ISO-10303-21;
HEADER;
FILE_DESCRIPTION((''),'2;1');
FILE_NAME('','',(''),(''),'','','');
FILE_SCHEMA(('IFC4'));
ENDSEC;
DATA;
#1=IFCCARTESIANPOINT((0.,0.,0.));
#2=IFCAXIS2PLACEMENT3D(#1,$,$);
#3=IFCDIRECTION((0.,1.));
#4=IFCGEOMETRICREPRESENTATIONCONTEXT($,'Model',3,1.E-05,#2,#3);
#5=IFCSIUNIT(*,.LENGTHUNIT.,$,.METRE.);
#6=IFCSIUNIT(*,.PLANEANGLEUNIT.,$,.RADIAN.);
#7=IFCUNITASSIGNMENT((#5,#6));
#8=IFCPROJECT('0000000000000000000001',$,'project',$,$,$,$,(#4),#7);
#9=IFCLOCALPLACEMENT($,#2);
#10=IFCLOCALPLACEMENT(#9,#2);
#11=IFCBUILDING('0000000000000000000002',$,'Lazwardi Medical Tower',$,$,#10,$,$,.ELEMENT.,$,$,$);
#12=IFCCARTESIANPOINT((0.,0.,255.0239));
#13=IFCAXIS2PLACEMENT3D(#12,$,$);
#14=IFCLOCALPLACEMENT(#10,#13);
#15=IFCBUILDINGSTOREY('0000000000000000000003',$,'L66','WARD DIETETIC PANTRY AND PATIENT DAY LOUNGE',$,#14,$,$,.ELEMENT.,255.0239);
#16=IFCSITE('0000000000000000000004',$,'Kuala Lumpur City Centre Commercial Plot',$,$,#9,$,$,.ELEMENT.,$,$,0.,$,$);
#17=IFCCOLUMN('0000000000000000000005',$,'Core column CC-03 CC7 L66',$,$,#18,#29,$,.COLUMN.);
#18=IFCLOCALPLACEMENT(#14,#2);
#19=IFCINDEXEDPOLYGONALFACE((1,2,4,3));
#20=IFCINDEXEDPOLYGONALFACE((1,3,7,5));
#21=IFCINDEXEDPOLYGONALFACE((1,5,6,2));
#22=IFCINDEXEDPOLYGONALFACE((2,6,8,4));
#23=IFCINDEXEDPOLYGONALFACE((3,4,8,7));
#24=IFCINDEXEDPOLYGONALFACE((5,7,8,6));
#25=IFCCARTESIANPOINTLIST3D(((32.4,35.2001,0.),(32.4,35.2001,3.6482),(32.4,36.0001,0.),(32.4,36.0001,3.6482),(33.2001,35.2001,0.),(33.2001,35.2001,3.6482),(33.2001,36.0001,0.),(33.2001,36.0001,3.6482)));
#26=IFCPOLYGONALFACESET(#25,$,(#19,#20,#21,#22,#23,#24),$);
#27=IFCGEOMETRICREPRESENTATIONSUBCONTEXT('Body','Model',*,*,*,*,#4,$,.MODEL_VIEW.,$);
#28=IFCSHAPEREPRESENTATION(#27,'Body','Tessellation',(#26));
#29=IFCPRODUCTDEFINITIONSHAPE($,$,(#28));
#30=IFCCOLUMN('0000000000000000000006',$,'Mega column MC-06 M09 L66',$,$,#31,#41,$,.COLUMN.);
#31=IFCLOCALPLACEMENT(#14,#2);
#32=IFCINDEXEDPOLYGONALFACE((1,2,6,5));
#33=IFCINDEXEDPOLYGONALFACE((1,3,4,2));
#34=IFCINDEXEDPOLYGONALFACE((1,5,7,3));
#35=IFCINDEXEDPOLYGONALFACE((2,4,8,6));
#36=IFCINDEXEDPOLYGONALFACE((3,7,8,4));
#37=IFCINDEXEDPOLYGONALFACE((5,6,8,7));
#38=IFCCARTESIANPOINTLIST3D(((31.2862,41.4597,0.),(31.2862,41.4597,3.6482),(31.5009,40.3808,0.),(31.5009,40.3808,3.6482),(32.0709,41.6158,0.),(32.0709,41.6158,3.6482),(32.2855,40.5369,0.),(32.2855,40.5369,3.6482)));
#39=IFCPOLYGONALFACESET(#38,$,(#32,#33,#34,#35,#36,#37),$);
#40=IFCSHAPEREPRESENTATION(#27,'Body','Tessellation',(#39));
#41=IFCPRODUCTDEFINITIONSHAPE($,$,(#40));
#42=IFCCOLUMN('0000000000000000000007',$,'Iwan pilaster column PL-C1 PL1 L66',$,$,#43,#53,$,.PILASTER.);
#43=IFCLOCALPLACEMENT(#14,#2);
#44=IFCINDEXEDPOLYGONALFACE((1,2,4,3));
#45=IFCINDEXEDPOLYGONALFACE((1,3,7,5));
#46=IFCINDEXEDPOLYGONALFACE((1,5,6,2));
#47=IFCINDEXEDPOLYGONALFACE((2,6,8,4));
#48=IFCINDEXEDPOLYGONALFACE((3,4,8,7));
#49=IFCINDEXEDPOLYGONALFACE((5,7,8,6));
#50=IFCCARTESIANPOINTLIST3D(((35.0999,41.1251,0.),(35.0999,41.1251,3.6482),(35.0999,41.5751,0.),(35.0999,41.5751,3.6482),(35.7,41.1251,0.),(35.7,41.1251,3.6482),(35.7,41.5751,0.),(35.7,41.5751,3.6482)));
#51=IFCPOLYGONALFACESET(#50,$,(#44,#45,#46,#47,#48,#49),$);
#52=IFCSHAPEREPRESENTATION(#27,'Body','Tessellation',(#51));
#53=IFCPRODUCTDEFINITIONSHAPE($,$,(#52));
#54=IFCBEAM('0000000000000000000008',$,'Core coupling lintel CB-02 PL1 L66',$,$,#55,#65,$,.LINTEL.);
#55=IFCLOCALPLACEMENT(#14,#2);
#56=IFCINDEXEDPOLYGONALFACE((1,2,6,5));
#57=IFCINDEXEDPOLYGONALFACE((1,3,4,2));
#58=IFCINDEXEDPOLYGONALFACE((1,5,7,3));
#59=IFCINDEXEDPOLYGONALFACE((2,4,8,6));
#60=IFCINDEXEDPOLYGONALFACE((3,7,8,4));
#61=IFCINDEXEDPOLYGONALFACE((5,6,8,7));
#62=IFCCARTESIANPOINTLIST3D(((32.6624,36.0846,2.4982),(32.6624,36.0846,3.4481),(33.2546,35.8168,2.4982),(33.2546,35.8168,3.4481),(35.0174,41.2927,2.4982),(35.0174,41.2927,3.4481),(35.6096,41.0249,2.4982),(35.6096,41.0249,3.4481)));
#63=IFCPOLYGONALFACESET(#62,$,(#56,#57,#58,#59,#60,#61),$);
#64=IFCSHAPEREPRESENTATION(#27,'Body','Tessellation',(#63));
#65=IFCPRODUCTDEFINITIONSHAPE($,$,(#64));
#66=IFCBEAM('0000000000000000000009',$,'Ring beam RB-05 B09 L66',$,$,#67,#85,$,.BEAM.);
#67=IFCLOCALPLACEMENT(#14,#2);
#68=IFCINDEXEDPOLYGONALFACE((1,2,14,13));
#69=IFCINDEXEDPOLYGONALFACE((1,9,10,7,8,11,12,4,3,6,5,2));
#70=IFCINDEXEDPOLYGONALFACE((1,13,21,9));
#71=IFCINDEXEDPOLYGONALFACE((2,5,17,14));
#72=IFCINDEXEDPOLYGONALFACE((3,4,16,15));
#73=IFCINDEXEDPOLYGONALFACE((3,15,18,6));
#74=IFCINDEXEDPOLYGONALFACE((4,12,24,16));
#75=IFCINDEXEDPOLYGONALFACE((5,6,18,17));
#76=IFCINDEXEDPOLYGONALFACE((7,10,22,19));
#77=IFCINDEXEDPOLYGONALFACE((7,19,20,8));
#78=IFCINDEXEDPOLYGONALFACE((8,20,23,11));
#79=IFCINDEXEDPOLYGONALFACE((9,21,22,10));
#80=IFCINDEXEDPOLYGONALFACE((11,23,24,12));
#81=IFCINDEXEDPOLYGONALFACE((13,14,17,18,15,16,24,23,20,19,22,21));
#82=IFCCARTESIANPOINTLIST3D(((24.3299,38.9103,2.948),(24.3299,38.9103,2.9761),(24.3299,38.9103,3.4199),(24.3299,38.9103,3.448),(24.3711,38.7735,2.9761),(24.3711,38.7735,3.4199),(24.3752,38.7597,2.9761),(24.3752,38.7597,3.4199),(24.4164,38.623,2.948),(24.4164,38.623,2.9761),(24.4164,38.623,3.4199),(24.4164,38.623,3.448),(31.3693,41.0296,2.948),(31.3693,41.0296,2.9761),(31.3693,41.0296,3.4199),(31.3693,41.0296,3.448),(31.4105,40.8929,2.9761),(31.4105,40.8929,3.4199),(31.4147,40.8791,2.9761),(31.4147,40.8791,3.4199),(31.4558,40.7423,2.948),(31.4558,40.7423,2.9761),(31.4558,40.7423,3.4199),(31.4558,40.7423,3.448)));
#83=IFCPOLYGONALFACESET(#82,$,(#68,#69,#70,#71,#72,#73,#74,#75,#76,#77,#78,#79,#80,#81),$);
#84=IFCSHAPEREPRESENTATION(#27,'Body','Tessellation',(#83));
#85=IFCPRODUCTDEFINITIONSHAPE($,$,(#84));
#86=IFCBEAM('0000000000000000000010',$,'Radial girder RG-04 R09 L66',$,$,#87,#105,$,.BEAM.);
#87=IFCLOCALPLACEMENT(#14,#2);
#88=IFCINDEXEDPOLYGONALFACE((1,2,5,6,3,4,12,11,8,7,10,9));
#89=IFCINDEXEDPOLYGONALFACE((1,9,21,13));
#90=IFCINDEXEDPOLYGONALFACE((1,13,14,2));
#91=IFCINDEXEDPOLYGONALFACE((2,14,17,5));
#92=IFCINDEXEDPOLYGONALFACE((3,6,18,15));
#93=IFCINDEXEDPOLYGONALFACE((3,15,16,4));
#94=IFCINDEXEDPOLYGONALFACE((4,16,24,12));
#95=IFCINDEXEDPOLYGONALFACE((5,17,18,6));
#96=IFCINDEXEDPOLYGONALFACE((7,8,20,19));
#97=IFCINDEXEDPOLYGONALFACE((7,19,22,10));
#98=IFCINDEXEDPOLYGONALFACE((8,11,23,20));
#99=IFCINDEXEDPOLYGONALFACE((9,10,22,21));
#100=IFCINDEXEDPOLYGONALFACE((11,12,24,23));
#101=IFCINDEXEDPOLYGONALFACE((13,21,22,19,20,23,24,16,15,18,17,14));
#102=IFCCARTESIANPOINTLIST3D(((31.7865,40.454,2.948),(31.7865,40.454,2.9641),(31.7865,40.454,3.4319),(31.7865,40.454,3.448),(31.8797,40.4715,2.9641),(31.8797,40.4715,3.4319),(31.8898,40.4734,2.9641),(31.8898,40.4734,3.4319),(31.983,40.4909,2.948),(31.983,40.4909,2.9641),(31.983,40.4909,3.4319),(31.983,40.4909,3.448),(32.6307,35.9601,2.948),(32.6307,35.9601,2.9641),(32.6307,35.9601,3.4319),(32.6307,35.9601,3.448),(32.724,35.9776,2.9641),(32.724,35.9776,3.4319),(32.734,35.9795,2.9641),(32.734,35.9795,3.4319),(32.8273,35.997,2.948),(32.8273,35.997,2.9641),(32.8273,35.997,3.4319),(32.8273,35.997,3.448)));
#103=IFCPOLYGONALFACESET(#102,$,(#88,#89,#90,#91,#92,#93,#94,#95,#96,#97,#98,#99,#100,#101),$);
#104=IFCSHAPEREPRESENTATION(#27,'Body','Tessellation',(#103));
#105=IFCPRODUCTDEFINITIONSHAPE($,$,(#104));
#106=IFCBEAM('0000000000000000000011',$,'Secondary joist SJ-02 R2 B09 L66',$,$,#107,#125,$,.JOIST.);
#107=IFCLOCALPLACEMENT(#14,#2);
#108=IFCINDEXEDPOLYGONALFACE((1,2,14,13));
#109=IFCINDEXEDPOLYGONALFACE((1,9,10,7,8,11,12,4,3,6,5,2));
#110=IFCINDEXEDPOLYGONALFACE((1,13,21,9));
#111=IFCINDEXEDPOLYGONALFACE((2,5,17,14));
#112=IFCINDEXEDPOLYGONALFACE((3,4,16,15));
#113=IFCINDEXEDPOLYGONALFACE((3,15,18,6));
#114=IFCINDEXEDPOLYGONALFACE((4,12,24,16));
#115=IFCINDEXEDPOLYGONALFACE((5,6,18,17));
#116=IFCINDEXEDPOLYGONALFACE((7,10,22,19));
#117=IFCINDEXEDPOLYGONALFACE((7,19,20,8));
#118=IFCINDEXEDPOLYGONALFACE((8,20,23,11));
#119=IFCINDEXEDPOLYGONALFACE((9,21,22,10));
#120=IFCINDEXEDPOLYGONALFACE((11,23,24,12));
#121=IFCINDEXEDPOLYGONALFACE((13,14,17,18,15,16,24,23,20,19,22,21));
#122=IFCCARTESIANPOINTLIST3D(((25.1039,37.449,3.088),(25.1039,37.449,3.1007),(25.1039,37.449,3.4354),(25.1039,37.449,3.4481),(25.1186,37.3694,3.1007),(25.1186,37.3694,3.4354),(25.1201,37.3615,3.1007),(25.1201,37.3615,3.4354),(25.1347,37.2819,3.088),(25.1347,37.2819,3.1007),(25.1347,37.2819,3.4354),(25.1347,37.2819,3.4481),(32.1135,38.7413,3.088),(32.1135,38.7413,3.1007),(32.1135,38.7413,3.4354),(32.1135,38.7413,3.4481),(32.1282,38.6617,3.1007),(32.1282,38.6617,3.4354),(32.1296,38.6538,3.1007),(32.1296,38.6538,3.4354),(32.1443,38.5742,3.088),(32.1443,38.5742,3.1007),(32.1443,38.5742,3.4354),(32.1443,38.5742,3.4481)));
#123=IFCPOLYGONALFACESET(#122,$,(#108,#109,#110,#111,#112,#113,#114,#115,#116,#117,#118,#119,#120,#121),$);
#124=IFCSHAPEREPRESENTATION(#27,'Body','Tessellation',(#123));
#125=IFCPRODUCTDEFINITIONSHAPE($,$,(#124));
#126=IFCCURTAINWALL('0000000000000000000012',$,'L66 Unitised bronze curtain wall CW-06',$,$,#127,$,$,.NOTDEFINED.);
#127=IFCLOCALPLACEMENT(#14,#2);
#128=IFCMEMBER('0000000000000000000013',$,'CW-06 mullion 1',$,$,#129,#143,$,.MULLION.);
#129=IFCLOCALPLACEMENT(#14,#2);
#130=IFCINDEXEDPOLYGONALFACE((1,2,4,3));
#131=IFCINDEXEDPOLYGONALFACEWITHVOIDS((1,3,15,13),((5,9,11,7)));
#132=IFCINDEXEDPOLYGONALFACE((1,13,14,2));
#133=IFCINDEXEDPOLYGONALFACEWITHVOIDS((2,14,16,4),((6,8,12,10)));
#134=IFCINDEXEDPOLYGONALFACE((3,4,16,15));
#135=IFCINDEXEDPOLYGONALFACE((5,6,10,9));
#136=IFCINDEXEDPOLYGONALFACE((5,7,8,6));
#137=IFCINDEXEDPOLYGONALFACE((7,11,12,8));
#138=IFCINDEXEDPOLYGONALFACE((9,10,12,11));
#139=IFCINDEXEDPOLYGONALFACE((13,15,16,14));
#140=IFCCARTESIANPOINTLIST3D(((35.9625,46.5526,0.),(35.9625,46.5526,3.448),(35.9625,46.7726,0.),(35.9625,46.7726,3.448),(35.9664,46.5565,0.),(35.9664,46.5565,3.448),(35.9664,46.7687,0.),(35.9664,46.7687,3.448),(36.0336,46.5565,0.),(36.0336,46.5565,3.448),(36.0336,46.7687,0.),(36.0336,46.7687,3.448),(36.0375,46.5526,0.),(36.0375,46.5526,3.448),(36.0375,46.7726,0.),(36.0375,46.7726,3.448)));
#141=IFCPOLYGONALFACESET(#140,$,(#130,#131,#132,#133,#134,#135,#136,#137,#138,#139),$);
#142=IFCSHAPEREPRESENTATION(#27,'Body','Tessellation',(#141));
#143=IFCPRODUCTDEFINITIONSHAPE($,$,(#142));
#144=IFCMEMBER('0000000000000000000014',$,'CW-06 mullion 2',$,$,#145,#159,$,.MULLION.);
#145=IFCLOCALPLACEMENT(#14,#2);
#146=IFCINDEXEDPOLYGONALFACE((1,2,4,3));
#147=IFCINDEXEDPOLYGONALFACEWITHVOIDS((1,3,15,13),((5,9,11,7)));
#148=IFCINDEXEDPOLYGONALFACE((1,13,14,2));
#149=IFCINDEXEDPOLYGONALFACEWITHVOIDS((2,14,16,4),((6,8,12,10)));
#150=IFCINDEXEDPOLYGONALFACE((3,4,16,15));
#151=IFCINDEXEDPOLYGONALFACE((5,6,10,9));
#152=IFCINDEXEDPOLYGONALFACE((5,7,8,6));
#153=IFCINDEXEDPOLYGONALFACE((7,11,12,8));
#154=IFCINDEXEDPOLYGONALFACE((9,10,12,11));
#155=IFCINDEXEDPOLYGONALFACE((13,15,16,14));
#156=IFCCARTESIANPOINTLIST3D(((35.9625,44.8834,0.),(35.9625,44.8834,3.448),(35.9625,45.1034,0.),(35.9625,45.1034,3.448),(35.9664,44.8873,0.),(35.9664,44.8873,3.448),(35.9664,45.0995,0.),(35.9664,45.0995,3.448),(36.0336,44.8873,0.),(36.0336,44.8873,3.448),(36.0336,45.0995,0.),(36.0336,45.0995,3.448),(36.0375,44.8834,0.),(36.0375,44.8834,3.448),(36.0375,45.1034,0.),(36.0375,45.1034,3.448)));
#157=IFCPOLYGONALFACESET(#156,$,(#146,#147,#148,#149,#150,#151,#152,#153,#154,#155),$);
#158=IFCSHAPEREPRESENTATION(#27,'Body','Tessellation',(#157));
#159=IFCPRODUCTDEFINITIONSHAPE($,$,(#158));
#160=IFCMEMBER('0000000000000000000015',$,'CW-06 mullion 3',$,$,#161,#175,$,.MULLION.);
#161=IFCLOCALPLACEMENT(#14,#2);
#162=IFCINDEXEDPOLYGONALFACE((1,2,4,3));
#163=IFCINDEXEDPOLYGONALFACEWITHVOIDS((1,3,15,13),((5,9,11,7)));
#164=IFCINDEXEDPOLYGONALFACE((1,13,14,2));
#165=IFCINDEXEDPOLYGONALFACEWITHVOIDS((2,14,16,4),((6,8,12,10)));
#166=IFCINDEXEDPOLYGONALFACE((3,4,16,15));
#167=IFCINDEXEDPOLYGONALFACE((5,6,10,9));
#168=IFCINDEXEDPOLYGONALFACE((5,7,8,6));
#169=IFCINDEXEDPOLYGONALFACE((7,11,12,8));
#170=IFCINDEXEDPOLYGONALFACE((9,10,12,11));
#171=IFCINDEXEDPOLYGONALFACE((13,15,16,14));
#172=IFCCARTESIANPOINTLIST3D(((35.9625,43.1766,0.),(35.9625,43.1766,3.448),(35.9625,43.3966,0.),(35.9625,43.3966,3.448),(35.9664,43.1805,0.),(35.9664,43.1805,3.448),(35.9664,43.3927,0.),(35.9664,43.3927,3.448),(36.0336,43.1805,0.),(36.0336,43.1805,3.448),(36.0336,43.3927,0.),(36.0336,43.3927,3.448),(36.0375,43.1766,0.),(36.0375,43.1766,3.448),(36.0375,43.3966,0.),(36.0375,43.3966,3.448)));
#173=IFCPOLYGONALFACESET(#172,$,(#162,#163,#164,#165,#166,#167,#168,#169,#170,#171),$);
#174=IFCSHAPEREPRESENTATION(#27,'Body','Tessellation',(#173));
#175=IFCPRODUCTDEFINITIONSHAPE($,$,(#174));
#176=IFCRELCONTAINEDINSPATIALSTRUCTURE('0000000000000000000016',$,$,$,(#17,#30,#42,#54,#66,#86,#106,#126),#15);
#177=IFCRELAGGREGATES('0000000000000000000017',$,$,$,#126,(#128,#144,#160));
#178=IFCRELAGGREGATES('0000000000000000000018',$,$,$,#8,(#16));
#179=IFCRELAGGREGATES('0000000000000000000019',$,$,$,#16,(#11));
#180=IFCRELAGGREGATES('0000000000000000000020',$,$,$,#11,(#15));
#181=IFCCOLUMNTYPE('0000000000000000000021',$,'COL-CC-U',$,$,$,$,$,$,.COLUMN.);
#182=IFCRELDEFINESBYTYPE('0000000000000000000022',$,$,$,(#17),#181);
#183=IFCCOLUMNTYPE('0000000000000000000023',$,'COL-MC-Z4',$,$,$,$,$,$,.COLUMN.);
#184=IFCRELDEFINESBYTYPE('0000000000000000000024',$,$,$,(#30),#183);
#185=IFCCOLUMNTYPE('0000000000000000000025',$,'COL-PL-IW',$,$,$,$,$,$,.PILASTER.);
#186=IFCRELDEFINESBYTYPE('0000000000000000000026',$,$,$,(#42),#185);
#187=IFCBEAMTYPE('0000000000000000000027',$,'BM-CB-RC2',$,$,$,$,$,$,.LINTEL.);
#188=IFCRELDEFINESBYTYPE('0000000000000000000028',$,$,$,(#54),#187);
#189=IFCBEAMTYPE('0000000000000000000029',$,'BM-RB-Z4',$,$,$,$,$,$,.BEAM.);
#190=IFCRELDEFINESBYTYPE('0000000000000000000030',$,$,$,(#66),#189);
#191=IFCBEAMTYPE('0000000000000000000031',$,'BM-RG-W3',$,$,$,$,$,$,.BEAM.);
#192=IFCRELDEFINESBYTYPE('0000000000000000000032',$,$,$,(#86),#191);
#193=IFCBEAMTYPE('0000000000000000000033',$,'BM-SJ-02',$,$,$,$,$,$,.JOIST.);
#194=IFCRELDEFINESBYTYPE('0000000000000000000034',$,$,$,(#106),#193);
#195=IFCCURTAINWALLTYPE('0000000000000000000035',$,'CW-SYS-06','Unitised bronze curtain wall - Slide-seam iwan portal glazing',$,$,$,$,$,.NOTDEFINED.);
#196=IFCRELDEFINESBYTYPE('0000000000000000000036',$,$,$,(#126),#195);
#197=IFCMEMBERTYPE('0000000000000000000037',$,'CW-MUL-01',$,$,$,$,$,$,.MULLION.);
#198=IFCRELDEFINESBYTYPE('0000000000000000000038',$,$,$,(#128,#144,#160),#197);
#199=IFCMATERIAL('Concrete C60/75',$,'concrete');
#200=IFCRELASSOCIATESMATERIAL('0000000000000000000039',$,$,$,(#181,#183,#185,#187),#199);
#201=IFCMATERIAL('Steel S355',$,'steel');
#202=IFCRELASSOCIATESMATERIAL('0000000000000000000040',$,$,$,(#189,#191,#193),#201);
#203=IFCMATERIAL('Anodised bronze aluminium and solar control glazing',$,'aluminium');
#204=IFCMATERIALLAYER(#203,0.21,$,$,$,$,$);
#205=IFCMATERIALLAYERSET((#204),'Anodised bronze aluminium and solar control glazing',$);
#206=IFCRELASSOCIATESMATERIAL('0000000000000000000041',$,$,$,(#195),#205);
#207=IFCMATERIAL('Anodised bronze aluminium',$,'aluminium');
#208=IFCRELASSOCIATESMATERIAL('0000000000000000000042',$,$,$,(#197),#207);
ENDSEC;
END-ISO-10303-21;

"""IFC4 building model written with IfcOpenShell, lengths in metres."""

from ifc_helpers import new_model, si_unit, direction, frame, origin, origin_2d, place, context, subcontext, project, spatial, rectangle, hollow_rectangle, i_section, extrude, material, layer, layer_set, material_profile, profile_set, type_object, element, aggregate, save


model = new_model("IFC4")

# Units and contexts
model_context = context("Model", 3, precision=1e-05, world=origin(), true_north=direction((0.0, 1.0)))
body_context = subcontext(model_context, "Body", "Model", "MODEL_VIEW")
ifc_project = project(units=[si_unit("LENGTHUNIT", "METRE"), si_unit("PLANEANGLEUNIT", "RADIAN")], contexts=[model_context])

# Site, building, storey
site_placement = place(None, origin())
site = spatial("IfcSite", under=ifc_project, at=site_placement, Name="Kuala Lumpur City Centre Commercial Plot", CompositionType="ELEMENT", RefElevation=0.0)
building_placement = place(site_placement, origin())
building = spatial("IfcBuilding", under=site, at=building_placement, Name="Lazwardi Medical Tower", CompositionType="ELEMENT")
storey_placement = place(building_placement, frame((0.0, 0.0, 255.0239)))
storey = spatial("IfcBuildingStorey", under=building, at=storey_placement, Name="L66", Description="WARD DIETETIC PANTRY AND PATIENT DAY LOUNGE", CompositionType="ELEMENT", Elevation=255.0239)

# Columns
ifc_material_1 = material(Name="Concrete C60/75", Category="concrete")
ifc_material_profile_1 = material_profile(ifc_material_1, rectangle(XDim=0.8, YDim=0.8, at=origin_2d()), Name="RC 800x800")
ifc_profile_set_1 = profile_set([ifc_material_profile_1], Name="Concrete C60/75")
column_type_1 = type_object("IfcColumnType", Name="COL-CC-U", PredefinedType="COLUMN", material=ifc_profile_set_1)
column_1_placement = place(storey_placement, frame((32.8, 35.6001, 0.0), z_axis=(0.0, 0.0, 1.0), x_axis=(1.0, 0.0, 0.0)))
element("IfcColumn", 1, at=column_1_placement, inside=storey, type_object=column_type_1, Name="Core column CC-03 CC7 L66", PredefinedType="COLUMN", context=body_context, shape_type="SweptSolid", body=[
    extrude(rectangle(XDim=0.8, YDim=0.8, at=origin_2d()), origin(), (0.0, 0.0, 1.0), 3.6482),
])
ifc_material_profile_2 = material_profile(ifc_material_1, rectangle(XDim=1.1001, YDim=0.8, at=origin_2d()), Name="CFT-RECT 1100x800")
ifc_profile_set_2 = profile_set([ifc_material_profile_2], Name="Concrete C60/75")
column_type_2 = type_object("IfcColumnType", Name="COL-MC-Z4", PredefinedType="COLUMN", material=ifc_profile_set_2)
column_2_placement = place(storey_placement, frame((31.7859, 40.9983, 0.0), z_axis=(0.0, 0.0, 1.0), x_axis=(-0.19509, 0.980785, 0.0)))
element("IfcColumn", 2, at=column_2_placement, inside=storey, type_object=column_type_2, Name="Mega column MC-06 M09 L66", PredefinedType="COLUMN", context=body_context, shape_type="SweptSolid", body=[
    extrude(rectangle(XDim=1.1001, YDim=0.8, at=origin_2d()), origin(), (0.0, 0.0, 1.0), 3.6482),
])
ifc_material_profile_3 = material_profile(ifc_material_1, rectangle(XDim=0.6001, YDim=0.45, at=origin_2d()), Name="RC 600x450")
ifc_profile_set_3 = profile_set([ifc_material_profile_3], Name="Concrete C60/75")
column_type_3 = type_object("IfcColumnType", Name="COL-PL-IW", PredefinedType="PILASTER", material=ifc_profile_set_3)
column_3_placement = place(storey_placement, frame((35.3999, 41.3501, 0.0), z_axis=(0.0, 0.0, 1.0), x_axis=(1.0, 0.0, 0.0)))
element("IfcColumn", 3, at=column_3_placement, inside=storey, type_object=column_type_3, Name="Iwan pilaster column PL-C1 PL1 L66", PredefinedType="PILASTER", context=body_context, shape_type="SweptSolid", body=[
    extrude(rectangle(XDim=0.6001, YDim=0.45, at=origin_2d()), origin(), (0.0, 0.0, 1.0), 3.6482),
])

# Beams
ifc_material_profile_4 = material_profile(ifc_material_1, rectangle(XDim=0.6499, YDim=0.95, at=origin_2d()), Name="RC 650x950")
ifc_profile_set_4 = profile_set([ifc_material_profile_4], Name="Concrete C60/75")
beam_type_1 = type_object("IfcBeamType", Name="BM-CB-RC2", PredefinedType="LINTEL", material=ifc_profile_set_4)
beam_1_placement = place(storey_placement, frame((32.9585, 35.9507, 2.9731), z_axis=(0.412019, 0.911175, 0.0), x_axis=(-0.911175, 0.412019, 0.0)))
element("IfcBeam", 4, at=beam_1_placement, inside=storey, type_object=beam_type_1, Name="Core coupling lintel CB-02 PL1 L66", PredefinedType="LINTEL", context=body_context, shape_type="SweptSolid", body=[
    extrude(rectangle(XDim=0.6499, YDim=0.95, at=origin_2d()), origin(), (0.0, 0.0, 1.0), 5.7158),
])
ifc_material_2 = material(Name="Steel S355", Category="steel")
ifc_material_profile_5 = material_profile(ifc_material_2, i_section(OverallWidth=0.3, OverallDepth=0.5, WebThickness=0.0144, FlangeThickness=0.0281, at=origin_2d()), Name="HEB 500")
ifc_profile_set_5 = profile_set([ifc_material_profile_5], Name="Steel S355")
beam_type_2 = type_object("IfcBeamType", Name="BM-RB-Z4", PredefinedType="BEAM", material=ifc_profile_set_5)
beam_2_placement = place(storey_placement, frame((31.4126, 40.886, 3.198), z_axis=(-0.957544, -0.288286, 0.0), x_axis=(0.288286, -0.957544, 0.0)))
element("IfcBeam", 5, at=beam_2_placement, inside=storey, type_object=beam_type_2, Name="Ring beam RB-05 B09 L66", PredefinedType="BEAM", context=body_context, shape_type="SweptSolid", body=[
    extrude(i_section(OverallWidth=0.3, OverallDepth=0.5, WebThickness=0.0144, FlangeThickness=0.0281, at=origin_2d()), origin(), (0.0, 0.0, 1.0), 7.3516),
])
ifc_material_profile_6 = material_profile(ifc_material_2, i_section(OverallWidth=0.2, OverallDepth=0.5, WebThickness=0.0103, FlangeThickness=0.0161, at=origin_2d()), Name="IPE 500")
ifc_profile_set_6 = profile_set([ifc_material_profile_6], Name="Steel S355")
beam_type_3 = type_object("IfcBeamType", Name="BM-RG-W3", PredefinedType="BEAM", material=ifc_profile_set_6)
beam_3_placement = place(storey_placement, frame((31.8848, 40.4724, 3.198), z_axis=(0.184633, -0.982807, 0.0), x_axis=(0.982807, 0.184633, 0.0)))
element("IfcBeam", 6, at=beam_3_placement, inside=storey, type_object=beam_type_3, Name="Radial girder RG-04 R09 L66", PredefinedType="BEAM", context=body_context, shape_type="SweptSolid", body=[
    extrude(i_section(OverallWidth=0.2, OverallDepth=0.5, WebThickness=0.0103, FlangeThickness=0.0161, at=origin_2d()), origin(), (0.0, 0.0, 1.0), 4.5725),
])
ifc_material_profile_7 = material_profile(ifc_material_2, i_section(OverallWidth=0.1699, OverallDepth=0.3601, WebThickness=0.0081, FlangeThickness=0.0127, at=origin_2d()), Name="IPE 360")
ifc_profile_set_7 = profile_set([ifc_material_profile_7], Name="Steel S355")
beam_type_4 = type_object("IfcBeamType", Name="BM-SJ-02", PredefinedType="JOIST", material=ifc_profile_set_7)
beam_4_placement = place(storey_placement, frame((32.1289, 38.6577, 3.2681), z_axis=(-0.983428, -0.181299, 0.0), x_axis=(0.181299, -0.983428, 0.0)))
element("IfcBeam", 7, at=beam_4_placement, inside=storey, type_object=beam_type_4, Name="Secondary joist SJ-02 R2 B09 L66", PredefinedType="JOIST", context=body_context, shape_type="SweptSolid", body=[
    extrude(i_section(OverallWidth=0.1699, OverallDepth=0.3601, WebThickness=0.0081, FlangeThickness=0.0127, at=origin_2d()), origin(), (0.0, 0.0, 1.0), 7.1277),
])

# Curtain wall, members
ifc_material_3 = material(Name="Anodised bronze aluminium and solar control glazing", Category="aluminium")
ifc_layer_1 = layer(ifc_material_3, 0.21)
ifc_layer_set_1 = layer_set([ifc_layer_1], Name="Anodised bronze aluminium and solar control glazing")
curtain_wall_type_1 = type_object("IfcCurtainWallType", Name="CW-SYS-06", Description="Unitised bronze curtain wall - Slide-seam iwan portal glazing", PredefinedType="NOTDEFINED", material=ifc_layer_set_1)
curtain_wall_1_placement = place(storey_placement, origin())
curtain_wall_1 = element("IfcCurtainWall", 8, at=curtain_wall_1_placement, inside=storey, type_object=curtain_wall_type_1, Name="L66 Unitised bronze curtain wall CW-06", PredefinedType="NOTDEFINED")
ifc_material_4 = material(Name="Anodised bronze aluminium", Category="aluminium")
ifc_material_profile_8 = material_profile(ifc_material_4, hollow_rectangle(XDim=0.075, YDim=0.22, WallThickness=0.0039, at=origin_2d()), Name="ALU-MULLION 220x75x4")
ifc_profile_set_8 = profile_set([ifc_material_profile_8], Name="Anodised bronze aluminium")
member_type_1 = type_object("IfcMemberType", Name="CW-MUL-01", PredefinedType="MULLION", material=ifc_profile_set_8)
member_1_placement = place(storey_placement, frame((36.0, 46.6626, 0.0), z_axis=(0.0, 0.0, 1.0), x_axis=(1.0, 0.0, 0.0)))
member_1 = element("IfcMember", 9, at=member_1_placement, type_object=member_type_1, Name="CW-06 mullion 1", PredefinedType="MULLION", context=body_context, shape_type="SweptSolid", body=[
    extrude(hollow_rectangle(XDim=0.075, YDim=0.22, WallThickness=0.0039, at=origin_2d()), origin(), (0.0, 0.0, 1.0), 3.448),
])
member_2_placement = place(storey_placement, frame((36.0, 44.9934, 0.0), z_axis=(0.0, 0.0, 1.0), x_axis=(1.0, 0.0, 0.0)))
member_2 = element("IfcMember", 10, at=member_2_placement, type_object=member_type_1, Name="CW-06 mullion 2", PredefinedType="MULLION", context=body_context, shape_type="SweptSolid", body=[
    extrude(hollow_rectangle(XDim=0.075, YDim=0.22, WallThickness=0.0039, at=origin_2d()), origin(), (0.0, 0.0, 1.0), 3.448),
])
member_3_placement = place(storey_placement, frame((36.0, 43.2866, 0.0), z_axis=(0.0, 0.0, 1.0), x_axis=(1.0, 0.0, 0.0)))
member_3 = element("IfcMember", 11, at=member_3_placement, type_object=member_type_1, Name="CW-06 mullion 3", PredefinedType="MULLION", context=body_context, shape_type="SweptSolid", body=[
    extrude(hollow_rectangle(XDim=0.075, YDim=0.22, WallThickness=0.0039, at=origin_2d()), origin(), (0.0, 0.0, 1.0), 3.448),
])

aggregate(curtain_wall_1, [member_1, member_2, member_3])

save(model, "model.ifc")
